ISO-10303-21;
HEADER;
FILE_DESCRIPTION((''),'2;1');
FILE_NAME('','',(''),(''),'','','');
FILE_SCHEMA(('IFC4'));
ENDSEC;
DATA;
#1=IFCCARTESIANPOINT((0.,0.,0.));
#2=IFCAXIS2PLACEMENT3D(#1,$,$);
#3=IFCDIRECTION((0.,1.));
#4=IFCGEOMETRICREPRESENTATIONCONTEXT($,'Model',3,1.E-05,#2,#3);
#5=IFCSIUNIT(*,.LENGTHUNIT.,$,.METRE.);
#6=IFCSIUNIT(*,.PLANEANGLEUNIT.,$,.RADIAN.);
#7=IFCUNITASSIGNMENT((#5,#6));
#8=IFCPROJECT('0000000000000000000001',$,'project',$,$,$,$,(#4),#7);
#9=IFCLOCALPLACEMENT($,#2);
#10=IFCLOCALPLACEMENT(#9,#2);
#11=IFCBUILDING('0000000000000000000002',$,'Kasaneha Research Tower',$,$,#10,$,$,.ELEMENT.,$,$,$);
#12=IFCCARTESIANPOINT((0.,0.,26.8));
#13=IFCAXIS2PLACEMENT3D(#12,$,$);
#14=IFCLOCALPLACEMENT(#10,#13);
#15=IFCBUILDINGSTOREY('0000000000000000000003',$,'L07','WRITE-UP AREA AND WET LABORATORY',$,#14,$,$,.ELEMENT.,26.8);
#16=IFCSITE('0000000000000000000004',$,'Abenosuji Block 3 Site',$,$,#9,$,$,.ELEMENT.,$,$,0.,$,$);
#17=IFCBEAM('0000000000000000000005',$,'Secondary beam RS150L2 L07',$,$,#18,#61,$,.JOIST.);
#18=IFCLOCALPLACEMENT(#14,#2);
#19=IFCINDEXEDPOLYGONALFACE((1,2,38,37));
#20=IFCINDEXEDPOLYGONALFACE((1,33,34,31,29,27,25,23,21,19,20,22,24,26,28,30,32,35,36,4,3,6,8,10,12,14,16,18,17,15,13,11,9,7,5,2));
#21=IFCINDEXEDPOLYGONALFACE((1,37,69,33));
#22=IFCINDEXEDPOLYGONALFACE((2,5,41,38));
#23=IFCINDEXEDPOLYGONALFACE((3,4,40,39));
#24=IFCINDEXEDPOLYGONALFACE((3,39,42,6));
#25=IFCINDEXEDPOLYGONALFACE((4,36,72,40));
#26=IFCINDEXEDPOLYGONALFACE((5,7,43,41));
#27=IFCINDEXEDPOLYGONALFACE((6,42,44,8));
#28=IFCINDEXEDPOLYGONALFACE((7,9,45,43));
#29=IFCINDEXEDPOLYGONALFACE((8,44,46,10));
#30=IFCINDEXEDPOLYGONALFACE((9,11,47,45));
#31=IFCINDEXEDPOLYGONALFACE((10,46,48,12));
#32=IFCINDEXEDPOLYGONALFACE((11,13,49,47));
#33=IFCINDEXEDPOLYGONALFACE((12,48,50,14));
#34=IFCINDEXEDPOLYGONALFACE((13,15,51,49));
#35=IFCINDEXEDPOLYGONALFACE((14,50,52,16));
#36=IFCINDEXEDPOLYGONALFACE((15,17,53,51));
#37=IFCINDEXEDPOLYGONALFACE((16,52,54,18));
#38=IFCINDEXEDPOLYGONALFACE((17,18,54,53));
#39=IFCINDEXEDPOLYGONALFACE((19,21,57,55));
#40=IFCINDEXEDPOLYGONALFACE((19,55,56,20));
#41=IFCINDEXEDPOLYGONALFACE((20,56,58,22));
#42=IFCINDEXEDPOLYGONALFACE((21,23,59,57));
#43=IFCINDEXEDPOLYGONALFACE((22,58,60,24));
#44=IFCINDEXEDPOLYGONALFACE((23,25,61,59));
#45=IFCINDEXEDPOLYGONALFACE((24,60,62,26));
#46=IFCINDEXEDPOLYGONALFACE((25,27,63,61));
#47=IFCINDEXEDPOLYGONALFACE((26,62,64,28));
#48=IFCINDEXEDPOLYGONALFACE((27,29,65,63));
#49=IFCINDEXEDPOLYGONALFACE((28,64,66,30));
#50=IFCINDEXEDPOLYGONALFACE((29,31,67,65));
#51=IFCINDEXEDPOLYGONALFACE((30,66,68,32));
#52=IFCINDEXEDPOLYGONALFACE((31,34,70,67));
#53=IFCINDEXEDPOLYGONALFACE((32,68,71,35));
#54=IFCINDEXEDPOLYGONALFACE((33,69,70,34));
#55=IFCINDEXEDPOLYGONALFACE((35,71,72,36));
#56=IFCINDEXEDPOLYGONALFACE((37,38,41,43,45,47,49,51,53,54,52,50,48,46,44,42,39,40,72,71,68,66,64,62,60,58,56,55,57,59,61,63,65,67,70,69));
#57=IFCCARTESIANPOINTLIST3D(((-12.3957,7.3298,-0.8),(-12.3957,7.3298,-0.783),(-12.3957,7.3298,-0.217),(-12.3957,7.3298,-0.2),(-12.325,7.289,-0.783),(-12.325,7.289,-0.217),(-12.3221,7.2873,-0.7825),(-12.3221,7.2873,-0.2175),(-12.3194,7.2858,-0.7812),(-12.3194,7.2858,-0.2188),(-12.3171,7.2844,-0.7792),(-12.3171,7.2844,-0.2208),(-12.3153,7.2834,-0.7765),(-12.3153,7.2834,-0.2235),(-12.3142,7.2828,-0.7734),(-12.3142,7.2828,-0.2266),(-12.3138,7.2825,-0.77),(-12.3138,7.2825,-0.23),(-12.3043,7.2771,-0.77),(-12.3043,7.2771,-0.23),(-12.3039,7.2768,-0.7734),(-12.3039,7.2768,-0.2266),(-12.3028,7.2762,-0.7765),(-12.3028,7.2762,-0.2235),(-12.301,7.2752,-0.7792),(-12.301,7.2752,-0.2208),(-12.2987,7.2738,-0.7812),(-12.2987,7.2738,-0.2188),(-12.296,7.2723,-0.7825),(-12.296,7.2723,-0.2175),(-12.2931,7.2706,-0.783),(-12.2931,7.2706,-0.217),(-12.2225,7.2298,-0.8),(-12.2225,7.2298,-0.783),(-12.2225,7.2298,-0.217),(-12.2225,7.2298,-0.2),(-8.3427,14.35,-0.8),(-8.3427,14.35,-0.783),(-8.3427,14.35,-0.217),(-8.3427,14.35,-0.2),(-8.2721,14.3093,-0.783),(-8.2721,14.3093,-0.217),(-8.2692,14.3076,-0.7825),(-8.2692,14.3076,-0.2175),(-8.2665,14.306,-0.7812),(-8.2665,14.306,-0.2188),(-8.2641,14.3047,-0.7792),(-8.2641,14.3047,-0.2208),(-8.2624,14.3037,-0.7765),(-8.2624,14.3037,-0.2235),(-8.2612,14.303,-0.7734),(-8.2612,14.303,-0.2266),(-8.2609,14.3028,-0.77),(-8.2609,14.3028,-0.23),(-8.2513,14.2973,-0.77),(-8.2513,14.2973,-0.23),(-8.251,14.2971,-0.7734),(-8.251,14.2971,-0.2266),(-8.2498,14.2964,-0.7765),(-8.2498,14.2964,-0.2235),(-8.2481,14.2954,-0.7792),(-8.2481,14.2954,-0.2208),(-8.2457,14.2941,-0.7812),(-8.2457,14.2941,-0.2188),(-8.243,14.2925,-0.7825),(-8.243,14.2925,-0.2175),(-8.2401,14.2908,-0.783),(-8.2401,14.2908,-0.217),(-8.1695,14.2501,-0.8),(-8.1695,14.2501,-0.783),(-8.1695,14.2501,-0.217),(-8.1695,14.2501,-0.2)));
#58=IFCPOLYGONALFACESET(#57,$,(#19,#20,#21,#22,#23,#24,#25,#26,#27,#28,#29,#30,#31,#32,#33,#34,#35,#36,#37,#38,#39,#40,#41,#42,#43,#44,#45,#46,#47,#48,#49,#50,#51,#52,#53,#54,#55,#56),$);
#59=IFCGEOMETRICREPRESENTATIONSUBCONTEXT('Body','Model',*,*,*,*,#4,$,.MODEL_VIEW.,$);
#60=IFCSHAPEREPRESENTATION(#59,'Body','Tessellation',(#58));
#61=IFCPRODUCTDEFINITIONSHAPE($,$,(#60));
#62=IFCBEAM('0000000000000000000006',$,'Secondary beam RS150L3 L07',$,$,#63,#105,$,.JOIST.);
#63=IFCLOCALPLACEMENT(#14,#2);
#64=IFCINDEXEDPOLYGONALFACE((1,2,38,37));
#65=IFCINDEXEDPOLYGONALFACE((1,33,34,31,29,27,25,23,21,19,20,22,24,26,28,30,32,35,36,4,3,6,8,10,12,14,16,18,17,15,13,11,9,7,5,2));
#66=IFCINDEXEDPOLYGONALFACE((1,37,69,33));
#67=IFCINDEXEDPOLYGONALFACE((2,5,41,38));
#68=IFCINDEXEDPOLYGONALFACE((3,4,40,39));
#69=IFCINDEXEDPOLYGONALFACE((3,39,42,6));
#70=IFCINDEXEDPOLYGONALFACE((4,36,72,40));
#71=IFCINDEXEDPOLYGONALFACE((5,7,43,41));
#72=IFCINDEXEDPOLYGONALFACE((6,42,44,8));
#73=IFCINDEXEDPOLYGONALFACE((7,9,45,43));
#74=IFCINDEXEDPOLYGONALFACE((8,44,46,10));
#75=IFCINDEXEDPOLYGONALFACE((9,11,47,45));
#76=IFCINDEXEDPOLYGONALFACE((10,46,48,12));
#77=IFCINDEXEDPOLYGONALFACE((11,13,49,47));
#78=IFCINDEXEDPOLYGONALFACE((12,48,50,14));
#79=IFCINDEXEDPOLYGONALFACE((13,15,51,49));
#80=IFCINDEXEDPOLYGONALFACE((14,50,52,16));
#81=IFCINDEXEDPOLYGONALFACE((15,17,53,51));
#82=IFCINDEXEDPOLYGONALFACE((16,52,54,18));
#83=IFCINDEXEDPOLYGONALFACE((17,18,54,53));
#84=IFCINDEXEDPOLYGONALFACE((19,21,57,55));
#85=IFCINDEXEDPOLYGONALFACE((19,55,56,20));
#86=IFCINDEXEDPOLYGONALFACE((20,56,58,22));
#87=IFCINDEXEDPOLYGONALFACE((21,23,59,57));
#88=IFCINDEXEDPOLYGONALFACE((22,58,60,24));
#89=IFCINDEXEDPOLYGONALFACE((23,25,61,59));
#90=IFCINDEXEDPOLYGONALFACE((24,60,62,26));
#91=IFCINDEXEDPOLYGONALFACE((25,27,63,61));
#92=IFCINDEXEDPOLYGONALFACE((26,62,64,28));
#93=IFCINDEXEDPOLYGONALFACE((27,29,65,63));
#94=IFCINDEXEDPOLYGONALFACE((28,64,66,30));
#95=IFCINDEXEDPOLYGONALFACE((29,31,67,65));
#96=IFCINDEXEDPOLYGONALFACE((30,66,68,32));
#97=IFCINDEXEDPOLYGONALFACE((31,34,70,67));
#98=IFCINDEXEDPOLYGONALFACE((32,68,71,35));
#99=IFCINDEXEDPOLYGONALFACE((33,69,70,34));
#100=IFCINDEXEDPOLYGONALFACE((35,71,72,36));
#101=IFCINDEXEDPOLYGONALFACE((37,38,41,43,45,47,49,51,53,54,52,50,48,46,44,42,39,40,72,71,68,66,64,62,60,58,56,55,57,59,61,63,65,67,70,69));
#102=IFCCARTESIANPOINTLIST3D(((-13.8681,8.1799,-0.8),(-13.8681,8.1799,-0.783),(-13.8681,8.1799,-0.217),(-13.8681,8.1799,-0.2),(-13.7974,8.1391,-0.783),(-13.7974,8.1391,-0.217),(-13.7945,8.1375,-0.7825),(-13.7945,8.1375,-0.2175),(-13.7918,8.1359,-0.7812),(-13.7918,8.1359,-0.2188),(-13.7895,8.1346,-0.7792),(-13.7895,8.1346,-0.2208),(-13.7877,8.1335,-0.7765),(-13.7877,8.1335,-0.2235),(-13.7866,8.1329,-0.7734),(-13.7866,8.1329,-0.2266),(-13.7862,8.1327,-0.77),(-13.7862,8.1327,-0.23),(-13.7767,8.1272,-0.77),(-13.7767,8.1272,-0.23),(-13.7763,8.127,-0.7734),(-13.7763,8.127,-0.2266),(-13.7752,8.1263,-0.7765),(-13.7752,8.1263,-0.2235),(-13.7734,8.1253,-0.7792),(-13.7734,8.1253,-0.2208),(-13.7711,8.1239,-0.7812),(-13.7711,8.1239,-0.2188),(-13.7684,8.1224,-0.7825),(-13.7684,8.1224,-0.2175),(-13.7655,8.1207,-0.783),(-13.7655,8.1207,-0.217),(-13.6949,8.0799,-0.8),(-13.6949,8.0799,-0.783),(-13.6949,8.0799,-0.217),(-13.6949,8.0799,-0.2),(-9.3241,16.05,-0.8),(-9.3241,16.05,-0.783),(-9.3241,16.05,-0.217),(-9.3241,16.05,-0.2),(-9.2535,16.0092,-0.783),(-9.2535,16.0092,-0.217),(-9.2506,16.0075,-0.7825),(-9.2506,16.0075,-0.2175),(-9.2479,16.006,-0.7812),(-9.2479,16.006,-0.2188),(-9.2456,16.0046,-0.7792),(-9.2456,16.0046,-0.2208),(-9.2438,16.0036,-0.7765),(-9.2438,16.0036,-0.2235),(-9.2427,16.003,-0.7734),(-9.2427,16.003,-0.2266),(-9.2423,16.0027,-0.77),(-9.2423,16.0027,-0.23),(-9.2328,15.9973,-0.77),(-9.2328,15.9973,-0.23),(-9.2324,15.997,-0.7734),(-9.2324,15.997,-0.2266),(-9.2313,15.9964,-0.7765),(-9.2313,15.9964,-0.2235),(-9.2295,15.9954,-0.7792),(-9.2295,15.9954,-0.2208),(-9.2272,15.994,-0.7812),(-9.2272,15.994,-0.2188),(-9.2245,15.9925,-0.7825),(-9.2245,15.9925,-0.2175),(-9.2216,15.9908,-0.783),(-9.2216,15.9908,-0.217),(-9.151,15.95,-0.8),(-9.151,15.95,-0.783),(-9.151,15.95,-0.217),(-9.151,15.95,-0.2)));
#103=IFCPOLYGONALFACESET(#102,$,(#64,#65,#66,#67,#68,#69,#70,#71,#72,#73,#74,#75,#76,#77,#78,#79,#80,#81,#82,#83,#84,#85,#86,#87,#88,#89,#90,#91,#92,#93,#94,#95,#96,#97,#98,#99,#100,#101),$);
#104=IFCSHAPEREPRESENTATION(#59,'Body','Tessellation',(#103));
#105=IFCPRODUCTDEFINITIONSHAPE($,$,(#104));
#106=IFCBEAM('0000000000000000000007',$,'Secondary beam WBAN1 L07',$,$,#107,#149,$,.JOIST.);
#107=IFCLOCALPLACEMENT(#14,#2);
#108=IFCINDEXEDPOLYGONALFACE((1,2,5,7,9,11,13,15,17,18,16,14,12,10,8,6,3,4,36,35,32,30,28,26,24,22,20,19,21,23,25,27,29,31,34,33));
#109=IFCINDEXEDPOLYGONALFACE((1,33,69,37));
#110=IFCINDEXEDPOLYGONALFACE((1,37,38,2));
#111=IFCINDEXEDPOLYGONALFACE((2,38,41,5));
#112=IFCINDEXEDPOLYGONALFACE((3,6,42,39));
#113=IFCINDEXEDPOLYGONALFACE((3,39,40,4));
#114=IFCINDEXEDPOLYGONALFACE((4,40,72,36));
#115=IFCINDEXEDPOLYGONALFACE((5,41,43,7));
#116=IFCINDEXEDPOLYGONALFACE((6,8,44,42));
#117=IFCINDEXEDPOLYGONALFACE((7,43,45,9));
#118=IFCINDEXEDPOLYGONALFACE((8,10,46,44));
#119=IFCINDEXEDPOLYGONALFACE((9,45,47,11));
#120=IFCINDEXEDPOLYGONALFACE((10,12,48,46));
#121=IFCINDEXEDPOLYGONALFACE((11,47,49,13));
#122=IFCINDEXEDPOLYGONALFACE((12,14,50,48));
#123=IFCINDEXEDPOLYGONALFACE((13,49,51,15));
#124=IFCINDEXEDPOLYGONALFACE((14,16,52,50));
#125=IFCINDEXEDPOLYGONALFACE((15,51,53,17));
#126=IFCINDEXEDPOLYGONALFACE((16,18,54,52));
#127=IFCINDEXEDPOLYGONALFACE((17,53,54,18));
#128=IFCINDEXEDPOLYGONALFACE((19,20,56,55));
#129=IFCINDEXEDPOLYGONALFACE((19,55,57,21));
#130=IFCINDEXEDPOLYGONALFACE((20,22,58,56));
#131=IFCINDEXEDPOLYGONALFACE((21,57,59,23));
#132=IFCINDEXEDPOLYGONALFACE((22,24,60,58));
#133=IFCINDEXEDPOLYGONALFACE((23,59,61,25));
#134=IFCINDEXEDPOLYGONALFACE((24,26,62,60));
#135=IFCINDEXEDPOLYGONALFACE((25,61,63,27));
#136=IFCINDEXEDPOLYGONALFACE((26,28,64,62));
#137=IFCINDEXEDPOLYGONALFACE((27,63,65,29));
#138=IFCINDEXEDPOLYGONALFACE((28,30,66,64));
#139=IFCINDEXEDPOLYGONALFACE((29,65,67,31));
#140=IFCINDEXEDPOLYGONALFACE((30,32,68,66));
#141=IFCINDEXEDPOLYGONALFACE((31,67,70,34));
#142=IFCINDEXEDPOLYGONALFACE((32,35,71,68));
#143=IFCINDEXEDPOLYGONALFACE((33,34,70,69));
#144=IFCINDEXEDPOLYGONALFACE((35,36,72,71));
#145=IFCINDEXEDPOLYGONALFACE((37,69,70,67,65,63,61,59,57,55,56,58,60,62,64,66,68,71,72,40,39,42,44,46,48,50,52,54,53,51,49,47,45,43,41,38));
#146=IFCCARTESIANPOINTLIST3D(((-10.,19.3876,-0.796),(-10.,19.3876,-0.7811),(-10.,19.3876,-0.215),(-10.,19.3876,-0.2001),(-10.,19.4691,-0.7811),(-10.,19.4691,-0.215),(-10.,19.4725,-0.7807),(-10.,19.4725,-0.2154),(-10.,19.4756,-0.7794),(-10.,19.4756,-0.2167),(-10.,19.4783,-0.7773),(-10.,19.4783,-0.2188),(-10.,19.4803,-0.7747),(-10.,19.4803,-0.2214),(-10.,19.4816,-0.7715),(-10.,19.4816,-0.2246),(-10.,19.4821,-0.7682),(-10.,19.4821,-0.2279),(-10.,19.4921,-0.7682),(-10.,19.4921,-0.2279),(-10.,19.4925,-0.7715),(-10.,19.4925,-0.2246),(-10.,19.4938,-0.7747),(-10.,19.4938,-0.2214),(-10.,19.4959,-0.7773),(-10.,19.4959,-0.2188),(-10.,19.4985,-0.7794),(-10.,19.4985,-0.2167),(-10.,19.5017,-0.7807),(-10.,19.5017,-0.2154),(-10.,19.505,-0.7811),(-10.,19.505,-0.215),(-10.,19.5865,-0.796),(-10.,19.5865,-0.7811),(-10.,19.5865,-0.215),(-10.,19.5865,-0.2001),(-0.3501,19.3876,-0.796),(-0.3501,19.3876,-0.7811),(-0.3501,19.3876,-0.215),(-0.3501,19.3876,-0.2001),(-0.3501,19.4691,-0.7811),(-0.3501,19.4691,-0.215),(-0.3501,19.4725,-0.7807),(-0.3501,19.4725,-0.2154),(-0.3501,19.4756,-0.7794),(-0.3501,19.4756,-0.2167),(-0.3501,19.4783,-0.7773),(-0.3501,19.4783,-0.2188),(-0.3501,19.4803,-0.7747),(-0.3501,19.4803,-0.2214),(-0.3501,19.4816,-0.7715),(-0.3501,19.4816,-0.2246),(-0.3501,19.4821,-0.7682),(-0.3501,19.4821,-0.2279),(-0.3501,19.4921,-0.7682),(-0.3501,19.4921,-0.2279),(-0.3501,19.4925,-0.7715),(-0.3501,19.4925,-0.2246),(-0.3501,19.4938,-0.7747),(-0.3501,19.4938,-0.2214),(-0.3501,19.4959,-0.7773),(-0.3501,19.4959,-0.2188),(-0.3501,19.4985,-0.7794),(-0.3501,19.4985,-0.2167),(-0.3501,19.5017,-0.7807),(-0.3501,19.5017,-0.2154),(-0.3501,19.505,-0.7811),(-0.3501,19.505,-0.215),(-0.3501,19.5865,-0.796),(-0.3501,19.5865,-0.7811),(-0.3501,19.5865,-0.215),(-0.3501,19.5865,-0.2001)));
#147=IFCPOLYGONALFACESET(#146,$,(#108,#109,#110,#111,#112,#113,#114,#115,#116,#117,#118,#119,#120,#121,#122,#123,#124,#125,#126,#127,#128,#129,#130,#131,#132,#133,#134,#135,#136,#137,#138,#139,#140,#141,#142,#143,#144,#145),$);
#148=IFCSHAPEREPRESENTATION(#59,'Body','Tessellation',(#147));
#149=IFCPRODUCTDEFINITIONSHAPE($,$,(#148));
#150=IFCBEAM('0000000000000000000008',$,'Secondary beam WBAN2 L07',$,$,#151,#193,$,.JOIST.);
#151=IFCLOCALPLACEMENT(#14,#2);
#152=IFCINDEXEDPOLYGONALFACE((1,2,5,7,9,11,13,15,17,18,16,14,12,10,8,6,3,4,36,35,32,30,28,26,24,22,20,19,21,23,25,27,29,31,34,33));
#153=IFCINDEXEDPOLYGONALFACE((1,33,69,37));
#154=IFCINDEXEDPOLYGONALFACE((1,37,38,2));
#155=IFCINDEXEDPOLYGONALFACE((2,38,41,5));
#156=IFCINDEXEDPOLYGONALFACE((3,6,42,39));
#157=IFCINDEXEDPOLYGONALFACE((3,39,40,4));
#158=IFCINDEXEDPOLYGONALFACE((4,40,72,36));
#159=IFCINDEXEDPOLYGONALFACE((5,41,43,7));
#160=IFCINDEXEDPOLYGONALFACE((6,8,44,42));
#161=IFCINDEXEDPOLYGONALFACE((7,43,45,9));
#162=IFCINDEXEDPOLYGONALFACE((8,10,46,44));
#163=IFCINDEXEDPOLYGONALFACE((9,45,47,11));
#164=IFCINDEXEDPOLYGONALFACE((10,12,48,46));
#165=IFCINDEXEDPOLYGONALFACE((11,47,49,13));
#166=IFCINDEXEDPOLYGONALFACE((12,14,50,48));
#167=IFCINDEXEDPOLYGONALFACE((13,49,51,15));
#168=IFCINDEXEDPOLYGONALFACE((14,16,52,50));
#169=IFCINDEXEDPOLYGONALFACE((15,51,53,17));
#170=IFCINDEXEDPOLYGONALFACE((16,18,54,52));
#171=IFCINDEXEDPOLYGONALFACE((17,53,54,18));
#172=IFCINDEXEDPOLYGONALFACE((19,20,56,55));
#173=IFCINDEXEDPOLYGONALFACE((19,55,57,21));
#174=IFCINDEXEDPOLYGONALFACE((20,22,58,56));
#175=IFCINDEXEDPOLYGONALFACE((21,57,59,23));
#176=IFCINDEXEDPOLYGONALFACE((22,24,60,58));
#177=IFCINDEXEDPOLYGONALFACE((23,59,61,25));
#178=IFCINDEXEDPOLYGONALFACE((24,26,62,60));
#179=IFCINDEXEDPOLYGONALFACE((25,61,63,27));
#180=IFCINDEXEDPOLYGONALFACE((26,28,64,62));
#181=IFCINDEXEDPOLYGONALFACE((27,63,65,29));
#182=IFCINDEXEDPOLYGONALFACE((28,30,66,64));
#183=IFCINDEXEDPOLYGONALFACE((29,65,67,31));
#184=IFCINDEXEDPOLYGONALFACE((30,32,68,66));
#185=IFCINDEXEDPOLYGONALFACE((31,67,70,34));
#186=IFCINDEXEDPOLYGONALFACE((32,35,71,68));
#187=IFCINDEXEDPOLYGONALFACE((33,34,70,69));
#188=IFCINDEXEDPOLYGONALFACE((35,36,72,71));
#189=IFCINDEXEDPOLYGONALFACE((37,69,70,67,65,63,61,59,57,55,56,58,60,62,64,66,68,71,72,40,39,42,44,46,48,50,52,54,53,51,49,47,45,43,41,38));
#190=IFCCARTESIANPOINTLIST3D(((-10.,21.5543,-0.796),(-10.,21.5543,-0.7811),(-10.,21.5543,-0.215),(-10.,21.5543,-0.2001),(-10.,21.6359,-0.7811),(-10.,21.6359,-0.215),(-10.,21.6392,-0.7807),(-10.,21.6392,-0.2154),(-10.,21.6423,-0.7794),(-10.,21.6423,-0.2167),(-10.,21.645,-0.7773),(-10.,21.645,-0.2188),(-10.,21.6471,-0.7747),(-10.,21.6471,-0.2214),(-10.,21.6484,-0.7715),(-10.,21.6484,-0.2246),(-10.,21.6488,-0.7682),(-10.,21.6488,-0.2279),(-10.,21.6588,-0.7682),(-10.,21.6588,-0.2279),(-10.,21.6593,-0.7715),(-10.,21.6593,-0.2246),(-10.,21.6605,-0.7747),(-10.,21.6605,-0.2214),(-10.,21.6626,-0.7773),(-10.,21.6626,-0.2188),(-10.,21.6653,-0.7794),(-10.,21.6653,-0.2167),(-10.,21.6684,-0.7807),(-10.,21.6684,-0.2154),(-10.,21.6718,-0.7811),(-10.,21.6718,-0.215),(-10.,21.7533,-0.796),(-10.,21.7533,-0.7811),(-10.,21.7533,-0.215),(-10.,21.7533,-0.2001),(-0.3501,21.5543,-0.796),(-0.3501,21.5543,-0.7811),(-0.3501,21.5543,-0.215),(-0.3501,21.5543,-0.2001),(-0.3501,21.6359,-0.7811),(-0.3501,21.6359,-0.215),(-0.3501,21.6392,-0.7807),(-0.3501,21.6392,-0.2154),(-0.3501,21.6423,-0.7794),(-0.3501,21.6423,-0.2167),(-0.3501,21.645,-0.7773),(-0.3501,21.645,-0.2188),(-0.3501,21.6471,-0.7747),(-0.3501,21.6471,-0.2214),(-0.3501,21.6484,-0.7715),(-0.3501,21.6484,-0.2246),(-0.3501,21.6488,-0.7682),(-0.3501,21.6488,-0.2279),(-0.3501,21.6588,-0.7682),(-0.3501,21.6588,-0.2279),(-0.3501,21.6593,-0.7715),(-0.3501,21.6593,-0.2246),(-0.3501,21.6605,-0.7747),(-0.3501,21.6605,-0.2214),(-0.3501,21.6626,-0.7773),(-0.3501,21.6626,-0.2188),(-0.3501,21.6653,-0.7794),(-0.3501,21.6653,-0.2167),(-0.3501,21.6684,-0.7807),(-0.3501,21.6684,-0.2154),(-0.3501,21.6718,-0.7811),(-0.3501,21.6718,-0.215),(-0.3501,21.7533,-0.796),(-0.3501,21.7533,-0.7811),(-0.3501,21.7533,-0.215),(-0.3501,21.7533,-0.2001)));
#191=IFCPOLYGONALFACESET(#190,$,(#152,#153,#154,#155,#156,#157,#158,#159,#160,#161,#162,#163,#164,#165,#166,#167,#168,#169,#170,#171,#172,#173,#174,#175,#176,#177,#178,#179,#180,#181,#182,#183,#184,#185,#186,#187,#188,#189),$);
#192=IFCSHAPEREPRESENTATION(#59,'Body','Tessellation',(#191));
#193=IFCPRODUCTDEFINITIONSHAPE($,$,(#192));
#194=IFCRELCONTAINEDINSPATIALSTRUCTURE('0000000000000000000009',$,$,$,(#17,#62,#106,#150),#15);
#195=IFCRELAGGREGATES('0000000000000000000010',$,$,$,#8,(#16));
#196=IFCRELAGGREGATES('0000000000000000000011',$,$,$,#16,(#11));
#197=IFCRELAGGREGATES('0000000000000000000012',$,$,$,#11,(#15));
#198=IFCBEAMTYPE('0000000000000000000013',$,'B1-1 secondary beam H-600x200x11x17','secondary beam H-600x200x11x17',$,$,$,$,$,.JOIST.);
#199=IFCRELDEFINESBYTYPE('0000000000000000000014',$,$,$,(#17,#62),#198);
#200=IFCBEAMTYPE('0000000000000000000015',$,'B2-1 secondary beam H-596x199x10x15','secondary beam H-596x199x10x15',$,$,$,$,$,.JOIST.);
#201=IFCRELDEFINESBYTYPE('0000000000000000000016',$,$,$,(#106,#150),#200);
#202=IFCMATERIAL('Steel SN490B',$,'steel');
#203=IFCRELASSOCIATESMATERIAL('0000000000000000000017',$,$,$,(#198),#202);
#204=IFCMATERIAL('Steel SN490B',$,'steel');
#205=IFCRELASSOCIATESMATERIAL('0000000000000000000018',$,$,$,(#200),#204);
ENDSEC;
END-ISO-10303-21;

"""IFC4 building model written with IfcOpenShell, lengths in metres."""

from ifc_helpers import new_model, si_unit, direction, frame, origin, origin_2d, place, context, subcontext, project, spatial, i_section, extrude, material, material_profile, profile_set, type_object, element, save


model = new_model("IFC4")

# Units and contexts
model_context = context("Model", 3, precision=1e-05, world=origin(), true_north=direction((0.0, 1.0)))
body_context = subcontext(model_context, "Body", "Model", "MODEL_VIEW")
ifc_project = project(units=[si_unit("LENGTHUNIT", "METRE"), si_unit("PLANEANGLEUNIT", "RADIAN")], contexts=[model_context])

# Site, building, storey
site_placement = place(None, origin())
site = spatial("IfcSite", under=ifc_project, at=site_placement, Name="Abenosuji Block 3 Site", CompositionType="ELEMENT", RefElevation=0.0)
building_placement = place(site_placement, origin())
building = spatial("IfcBuilding", under=site, at=building_placement, Name="Kasaneha Research Tower", CompositionType="ELEMENT")
storey_placement = place(building_placement, frame((0.0, 0.0, 26.8)))
storey = spatial("IfcBuildingStorey", under=building, at=storey_placement, Name="L07", Description="WRITE-UP AREA AND WET LABORATORY", CompositionType="ELEMENT", Elevation=26.8)

# Beams
ifc_material_1 = material(Name="Steel SN490B", Category="steel")
ifc_material_profile_1 = material_profile(ifc_material_1, i_section(OverallWidth=0.2, OverallDepth=0.6001, WebThickness=0.011, FlangeThickness=0.0171, FilletRadius=0.0129, at=origin_2d()), Name="H-600x200x11x17")
ifc_profile_set_1 = profile_set([ifc_material_profile_1], Name="Steel SN490B")
beam_type_1 = type_object("IfcBeamType", Name="B1-1 secondary beam H-600x200x11x17", Description="secondary beam H-600x200x11x17", PredefinedType="JOIST", material=ifc_profile_set_1)
beam_1_placement = place(storey_placement, frame((-8.2561, 14.3, -0.5), z_axis=(-0.499984, -0.866035, 0.0), x_axis=(0.866035, -0.499984, 0.0)))
element("IfcBeam", 1, at=beam_1_placement, inside=storey, type_object=beam_type_1, Name="Secondary beam RS150L2 L07", PredefinedType="JOIST", context=body_context, shape_type="SweptSolid", body=[
    extrude(i_section(OverallWidth=0.2, OverallDepth=0.6001, WebThickness=0.011, FlangeThickness=0.0171, FilletRadius=0.0129, at=origin_2d()), origin(), (0.0, 0.0, 1.0), 8.1062),
])
beam_2_placement = place(storey_placement, frame((-9.2375, 16.0, -0.5), z_axis=(-0.500011, -0.866019, 0.0), x_axis=(0.866019, -0.500011, 0.0)))
element("IfcBeam", 2, at=beam_2_placement, inside=storey, type_object=beam_type_1, Name="Secondary beam RS150L3 L07", PredefinedType="JOIST", context=body_context, shape_type="SweptSolid", body=[
    extrude(i_section(OverallWidth=0.2, OverallDepth=0.6001, WebThickness=0.011, FlangeThickness=0.0171, FilletRadius=0.0129, at=origin_2d()), origin(), (0.0, 0.0, 1.0), 9.0876),
])
ifc_material_2 = material(Name="Steel SN490B", Category="steel")
ifc_material_profile_2 = material_profile(ifc_material_2, i_section(OverallWidth=0.199, OverallDepth=0.5959, WebThickness=0.01, FlangeThickness=0.0149, FilletRadius=0.0129, at=origin_2d()), Name="H-596x199x10x15")
ifc_profile_set_2 = profile_set([ifc_material_profile_2], Name="Steel SN490B")
beam_type_2 = type_object("IfcBeamType", Name="B2-1 secondary beam H-596x199x10x15", Description="secondary beam H-596x199x10x15", PredefinedType="JOIST", material=ifc_profile_set_2)
for number, where, z_axis, x_axis, name in (
    (3, (-10.0, 19.4871, -0.498), (1.0, 0.0, 0.0), (0.0, 1.0, 0.0), "Secondary beam WBAN1 L07"),
    (4, (-10.0, 21.6538, -0.498), (1.0, 0.0, 0.0), (0.0, 1.0, 0.0), "Secondary beam WBAN2 L07"),
):
    element("IfcBeam", number, at=place(storey_placement, frame(where, z_axis=z_axis, x_axis=x_axis)), inside=storey, type_object=beam_type_2, Name=name, PredefinedType="JOIST", context=body_context, shape_type="SweptSolid", body=[
        extrude(i_section(OverallWidth=0.199, OverallDepth=0.5959, WebThickness=0.01, FlangeThickness=0.0149, FilletRadius=0.0129, at=origin_2d()), origin(), (0.0, 0.0, 1.0), 9.6499),
    ])

save(model, "model.ifc")
